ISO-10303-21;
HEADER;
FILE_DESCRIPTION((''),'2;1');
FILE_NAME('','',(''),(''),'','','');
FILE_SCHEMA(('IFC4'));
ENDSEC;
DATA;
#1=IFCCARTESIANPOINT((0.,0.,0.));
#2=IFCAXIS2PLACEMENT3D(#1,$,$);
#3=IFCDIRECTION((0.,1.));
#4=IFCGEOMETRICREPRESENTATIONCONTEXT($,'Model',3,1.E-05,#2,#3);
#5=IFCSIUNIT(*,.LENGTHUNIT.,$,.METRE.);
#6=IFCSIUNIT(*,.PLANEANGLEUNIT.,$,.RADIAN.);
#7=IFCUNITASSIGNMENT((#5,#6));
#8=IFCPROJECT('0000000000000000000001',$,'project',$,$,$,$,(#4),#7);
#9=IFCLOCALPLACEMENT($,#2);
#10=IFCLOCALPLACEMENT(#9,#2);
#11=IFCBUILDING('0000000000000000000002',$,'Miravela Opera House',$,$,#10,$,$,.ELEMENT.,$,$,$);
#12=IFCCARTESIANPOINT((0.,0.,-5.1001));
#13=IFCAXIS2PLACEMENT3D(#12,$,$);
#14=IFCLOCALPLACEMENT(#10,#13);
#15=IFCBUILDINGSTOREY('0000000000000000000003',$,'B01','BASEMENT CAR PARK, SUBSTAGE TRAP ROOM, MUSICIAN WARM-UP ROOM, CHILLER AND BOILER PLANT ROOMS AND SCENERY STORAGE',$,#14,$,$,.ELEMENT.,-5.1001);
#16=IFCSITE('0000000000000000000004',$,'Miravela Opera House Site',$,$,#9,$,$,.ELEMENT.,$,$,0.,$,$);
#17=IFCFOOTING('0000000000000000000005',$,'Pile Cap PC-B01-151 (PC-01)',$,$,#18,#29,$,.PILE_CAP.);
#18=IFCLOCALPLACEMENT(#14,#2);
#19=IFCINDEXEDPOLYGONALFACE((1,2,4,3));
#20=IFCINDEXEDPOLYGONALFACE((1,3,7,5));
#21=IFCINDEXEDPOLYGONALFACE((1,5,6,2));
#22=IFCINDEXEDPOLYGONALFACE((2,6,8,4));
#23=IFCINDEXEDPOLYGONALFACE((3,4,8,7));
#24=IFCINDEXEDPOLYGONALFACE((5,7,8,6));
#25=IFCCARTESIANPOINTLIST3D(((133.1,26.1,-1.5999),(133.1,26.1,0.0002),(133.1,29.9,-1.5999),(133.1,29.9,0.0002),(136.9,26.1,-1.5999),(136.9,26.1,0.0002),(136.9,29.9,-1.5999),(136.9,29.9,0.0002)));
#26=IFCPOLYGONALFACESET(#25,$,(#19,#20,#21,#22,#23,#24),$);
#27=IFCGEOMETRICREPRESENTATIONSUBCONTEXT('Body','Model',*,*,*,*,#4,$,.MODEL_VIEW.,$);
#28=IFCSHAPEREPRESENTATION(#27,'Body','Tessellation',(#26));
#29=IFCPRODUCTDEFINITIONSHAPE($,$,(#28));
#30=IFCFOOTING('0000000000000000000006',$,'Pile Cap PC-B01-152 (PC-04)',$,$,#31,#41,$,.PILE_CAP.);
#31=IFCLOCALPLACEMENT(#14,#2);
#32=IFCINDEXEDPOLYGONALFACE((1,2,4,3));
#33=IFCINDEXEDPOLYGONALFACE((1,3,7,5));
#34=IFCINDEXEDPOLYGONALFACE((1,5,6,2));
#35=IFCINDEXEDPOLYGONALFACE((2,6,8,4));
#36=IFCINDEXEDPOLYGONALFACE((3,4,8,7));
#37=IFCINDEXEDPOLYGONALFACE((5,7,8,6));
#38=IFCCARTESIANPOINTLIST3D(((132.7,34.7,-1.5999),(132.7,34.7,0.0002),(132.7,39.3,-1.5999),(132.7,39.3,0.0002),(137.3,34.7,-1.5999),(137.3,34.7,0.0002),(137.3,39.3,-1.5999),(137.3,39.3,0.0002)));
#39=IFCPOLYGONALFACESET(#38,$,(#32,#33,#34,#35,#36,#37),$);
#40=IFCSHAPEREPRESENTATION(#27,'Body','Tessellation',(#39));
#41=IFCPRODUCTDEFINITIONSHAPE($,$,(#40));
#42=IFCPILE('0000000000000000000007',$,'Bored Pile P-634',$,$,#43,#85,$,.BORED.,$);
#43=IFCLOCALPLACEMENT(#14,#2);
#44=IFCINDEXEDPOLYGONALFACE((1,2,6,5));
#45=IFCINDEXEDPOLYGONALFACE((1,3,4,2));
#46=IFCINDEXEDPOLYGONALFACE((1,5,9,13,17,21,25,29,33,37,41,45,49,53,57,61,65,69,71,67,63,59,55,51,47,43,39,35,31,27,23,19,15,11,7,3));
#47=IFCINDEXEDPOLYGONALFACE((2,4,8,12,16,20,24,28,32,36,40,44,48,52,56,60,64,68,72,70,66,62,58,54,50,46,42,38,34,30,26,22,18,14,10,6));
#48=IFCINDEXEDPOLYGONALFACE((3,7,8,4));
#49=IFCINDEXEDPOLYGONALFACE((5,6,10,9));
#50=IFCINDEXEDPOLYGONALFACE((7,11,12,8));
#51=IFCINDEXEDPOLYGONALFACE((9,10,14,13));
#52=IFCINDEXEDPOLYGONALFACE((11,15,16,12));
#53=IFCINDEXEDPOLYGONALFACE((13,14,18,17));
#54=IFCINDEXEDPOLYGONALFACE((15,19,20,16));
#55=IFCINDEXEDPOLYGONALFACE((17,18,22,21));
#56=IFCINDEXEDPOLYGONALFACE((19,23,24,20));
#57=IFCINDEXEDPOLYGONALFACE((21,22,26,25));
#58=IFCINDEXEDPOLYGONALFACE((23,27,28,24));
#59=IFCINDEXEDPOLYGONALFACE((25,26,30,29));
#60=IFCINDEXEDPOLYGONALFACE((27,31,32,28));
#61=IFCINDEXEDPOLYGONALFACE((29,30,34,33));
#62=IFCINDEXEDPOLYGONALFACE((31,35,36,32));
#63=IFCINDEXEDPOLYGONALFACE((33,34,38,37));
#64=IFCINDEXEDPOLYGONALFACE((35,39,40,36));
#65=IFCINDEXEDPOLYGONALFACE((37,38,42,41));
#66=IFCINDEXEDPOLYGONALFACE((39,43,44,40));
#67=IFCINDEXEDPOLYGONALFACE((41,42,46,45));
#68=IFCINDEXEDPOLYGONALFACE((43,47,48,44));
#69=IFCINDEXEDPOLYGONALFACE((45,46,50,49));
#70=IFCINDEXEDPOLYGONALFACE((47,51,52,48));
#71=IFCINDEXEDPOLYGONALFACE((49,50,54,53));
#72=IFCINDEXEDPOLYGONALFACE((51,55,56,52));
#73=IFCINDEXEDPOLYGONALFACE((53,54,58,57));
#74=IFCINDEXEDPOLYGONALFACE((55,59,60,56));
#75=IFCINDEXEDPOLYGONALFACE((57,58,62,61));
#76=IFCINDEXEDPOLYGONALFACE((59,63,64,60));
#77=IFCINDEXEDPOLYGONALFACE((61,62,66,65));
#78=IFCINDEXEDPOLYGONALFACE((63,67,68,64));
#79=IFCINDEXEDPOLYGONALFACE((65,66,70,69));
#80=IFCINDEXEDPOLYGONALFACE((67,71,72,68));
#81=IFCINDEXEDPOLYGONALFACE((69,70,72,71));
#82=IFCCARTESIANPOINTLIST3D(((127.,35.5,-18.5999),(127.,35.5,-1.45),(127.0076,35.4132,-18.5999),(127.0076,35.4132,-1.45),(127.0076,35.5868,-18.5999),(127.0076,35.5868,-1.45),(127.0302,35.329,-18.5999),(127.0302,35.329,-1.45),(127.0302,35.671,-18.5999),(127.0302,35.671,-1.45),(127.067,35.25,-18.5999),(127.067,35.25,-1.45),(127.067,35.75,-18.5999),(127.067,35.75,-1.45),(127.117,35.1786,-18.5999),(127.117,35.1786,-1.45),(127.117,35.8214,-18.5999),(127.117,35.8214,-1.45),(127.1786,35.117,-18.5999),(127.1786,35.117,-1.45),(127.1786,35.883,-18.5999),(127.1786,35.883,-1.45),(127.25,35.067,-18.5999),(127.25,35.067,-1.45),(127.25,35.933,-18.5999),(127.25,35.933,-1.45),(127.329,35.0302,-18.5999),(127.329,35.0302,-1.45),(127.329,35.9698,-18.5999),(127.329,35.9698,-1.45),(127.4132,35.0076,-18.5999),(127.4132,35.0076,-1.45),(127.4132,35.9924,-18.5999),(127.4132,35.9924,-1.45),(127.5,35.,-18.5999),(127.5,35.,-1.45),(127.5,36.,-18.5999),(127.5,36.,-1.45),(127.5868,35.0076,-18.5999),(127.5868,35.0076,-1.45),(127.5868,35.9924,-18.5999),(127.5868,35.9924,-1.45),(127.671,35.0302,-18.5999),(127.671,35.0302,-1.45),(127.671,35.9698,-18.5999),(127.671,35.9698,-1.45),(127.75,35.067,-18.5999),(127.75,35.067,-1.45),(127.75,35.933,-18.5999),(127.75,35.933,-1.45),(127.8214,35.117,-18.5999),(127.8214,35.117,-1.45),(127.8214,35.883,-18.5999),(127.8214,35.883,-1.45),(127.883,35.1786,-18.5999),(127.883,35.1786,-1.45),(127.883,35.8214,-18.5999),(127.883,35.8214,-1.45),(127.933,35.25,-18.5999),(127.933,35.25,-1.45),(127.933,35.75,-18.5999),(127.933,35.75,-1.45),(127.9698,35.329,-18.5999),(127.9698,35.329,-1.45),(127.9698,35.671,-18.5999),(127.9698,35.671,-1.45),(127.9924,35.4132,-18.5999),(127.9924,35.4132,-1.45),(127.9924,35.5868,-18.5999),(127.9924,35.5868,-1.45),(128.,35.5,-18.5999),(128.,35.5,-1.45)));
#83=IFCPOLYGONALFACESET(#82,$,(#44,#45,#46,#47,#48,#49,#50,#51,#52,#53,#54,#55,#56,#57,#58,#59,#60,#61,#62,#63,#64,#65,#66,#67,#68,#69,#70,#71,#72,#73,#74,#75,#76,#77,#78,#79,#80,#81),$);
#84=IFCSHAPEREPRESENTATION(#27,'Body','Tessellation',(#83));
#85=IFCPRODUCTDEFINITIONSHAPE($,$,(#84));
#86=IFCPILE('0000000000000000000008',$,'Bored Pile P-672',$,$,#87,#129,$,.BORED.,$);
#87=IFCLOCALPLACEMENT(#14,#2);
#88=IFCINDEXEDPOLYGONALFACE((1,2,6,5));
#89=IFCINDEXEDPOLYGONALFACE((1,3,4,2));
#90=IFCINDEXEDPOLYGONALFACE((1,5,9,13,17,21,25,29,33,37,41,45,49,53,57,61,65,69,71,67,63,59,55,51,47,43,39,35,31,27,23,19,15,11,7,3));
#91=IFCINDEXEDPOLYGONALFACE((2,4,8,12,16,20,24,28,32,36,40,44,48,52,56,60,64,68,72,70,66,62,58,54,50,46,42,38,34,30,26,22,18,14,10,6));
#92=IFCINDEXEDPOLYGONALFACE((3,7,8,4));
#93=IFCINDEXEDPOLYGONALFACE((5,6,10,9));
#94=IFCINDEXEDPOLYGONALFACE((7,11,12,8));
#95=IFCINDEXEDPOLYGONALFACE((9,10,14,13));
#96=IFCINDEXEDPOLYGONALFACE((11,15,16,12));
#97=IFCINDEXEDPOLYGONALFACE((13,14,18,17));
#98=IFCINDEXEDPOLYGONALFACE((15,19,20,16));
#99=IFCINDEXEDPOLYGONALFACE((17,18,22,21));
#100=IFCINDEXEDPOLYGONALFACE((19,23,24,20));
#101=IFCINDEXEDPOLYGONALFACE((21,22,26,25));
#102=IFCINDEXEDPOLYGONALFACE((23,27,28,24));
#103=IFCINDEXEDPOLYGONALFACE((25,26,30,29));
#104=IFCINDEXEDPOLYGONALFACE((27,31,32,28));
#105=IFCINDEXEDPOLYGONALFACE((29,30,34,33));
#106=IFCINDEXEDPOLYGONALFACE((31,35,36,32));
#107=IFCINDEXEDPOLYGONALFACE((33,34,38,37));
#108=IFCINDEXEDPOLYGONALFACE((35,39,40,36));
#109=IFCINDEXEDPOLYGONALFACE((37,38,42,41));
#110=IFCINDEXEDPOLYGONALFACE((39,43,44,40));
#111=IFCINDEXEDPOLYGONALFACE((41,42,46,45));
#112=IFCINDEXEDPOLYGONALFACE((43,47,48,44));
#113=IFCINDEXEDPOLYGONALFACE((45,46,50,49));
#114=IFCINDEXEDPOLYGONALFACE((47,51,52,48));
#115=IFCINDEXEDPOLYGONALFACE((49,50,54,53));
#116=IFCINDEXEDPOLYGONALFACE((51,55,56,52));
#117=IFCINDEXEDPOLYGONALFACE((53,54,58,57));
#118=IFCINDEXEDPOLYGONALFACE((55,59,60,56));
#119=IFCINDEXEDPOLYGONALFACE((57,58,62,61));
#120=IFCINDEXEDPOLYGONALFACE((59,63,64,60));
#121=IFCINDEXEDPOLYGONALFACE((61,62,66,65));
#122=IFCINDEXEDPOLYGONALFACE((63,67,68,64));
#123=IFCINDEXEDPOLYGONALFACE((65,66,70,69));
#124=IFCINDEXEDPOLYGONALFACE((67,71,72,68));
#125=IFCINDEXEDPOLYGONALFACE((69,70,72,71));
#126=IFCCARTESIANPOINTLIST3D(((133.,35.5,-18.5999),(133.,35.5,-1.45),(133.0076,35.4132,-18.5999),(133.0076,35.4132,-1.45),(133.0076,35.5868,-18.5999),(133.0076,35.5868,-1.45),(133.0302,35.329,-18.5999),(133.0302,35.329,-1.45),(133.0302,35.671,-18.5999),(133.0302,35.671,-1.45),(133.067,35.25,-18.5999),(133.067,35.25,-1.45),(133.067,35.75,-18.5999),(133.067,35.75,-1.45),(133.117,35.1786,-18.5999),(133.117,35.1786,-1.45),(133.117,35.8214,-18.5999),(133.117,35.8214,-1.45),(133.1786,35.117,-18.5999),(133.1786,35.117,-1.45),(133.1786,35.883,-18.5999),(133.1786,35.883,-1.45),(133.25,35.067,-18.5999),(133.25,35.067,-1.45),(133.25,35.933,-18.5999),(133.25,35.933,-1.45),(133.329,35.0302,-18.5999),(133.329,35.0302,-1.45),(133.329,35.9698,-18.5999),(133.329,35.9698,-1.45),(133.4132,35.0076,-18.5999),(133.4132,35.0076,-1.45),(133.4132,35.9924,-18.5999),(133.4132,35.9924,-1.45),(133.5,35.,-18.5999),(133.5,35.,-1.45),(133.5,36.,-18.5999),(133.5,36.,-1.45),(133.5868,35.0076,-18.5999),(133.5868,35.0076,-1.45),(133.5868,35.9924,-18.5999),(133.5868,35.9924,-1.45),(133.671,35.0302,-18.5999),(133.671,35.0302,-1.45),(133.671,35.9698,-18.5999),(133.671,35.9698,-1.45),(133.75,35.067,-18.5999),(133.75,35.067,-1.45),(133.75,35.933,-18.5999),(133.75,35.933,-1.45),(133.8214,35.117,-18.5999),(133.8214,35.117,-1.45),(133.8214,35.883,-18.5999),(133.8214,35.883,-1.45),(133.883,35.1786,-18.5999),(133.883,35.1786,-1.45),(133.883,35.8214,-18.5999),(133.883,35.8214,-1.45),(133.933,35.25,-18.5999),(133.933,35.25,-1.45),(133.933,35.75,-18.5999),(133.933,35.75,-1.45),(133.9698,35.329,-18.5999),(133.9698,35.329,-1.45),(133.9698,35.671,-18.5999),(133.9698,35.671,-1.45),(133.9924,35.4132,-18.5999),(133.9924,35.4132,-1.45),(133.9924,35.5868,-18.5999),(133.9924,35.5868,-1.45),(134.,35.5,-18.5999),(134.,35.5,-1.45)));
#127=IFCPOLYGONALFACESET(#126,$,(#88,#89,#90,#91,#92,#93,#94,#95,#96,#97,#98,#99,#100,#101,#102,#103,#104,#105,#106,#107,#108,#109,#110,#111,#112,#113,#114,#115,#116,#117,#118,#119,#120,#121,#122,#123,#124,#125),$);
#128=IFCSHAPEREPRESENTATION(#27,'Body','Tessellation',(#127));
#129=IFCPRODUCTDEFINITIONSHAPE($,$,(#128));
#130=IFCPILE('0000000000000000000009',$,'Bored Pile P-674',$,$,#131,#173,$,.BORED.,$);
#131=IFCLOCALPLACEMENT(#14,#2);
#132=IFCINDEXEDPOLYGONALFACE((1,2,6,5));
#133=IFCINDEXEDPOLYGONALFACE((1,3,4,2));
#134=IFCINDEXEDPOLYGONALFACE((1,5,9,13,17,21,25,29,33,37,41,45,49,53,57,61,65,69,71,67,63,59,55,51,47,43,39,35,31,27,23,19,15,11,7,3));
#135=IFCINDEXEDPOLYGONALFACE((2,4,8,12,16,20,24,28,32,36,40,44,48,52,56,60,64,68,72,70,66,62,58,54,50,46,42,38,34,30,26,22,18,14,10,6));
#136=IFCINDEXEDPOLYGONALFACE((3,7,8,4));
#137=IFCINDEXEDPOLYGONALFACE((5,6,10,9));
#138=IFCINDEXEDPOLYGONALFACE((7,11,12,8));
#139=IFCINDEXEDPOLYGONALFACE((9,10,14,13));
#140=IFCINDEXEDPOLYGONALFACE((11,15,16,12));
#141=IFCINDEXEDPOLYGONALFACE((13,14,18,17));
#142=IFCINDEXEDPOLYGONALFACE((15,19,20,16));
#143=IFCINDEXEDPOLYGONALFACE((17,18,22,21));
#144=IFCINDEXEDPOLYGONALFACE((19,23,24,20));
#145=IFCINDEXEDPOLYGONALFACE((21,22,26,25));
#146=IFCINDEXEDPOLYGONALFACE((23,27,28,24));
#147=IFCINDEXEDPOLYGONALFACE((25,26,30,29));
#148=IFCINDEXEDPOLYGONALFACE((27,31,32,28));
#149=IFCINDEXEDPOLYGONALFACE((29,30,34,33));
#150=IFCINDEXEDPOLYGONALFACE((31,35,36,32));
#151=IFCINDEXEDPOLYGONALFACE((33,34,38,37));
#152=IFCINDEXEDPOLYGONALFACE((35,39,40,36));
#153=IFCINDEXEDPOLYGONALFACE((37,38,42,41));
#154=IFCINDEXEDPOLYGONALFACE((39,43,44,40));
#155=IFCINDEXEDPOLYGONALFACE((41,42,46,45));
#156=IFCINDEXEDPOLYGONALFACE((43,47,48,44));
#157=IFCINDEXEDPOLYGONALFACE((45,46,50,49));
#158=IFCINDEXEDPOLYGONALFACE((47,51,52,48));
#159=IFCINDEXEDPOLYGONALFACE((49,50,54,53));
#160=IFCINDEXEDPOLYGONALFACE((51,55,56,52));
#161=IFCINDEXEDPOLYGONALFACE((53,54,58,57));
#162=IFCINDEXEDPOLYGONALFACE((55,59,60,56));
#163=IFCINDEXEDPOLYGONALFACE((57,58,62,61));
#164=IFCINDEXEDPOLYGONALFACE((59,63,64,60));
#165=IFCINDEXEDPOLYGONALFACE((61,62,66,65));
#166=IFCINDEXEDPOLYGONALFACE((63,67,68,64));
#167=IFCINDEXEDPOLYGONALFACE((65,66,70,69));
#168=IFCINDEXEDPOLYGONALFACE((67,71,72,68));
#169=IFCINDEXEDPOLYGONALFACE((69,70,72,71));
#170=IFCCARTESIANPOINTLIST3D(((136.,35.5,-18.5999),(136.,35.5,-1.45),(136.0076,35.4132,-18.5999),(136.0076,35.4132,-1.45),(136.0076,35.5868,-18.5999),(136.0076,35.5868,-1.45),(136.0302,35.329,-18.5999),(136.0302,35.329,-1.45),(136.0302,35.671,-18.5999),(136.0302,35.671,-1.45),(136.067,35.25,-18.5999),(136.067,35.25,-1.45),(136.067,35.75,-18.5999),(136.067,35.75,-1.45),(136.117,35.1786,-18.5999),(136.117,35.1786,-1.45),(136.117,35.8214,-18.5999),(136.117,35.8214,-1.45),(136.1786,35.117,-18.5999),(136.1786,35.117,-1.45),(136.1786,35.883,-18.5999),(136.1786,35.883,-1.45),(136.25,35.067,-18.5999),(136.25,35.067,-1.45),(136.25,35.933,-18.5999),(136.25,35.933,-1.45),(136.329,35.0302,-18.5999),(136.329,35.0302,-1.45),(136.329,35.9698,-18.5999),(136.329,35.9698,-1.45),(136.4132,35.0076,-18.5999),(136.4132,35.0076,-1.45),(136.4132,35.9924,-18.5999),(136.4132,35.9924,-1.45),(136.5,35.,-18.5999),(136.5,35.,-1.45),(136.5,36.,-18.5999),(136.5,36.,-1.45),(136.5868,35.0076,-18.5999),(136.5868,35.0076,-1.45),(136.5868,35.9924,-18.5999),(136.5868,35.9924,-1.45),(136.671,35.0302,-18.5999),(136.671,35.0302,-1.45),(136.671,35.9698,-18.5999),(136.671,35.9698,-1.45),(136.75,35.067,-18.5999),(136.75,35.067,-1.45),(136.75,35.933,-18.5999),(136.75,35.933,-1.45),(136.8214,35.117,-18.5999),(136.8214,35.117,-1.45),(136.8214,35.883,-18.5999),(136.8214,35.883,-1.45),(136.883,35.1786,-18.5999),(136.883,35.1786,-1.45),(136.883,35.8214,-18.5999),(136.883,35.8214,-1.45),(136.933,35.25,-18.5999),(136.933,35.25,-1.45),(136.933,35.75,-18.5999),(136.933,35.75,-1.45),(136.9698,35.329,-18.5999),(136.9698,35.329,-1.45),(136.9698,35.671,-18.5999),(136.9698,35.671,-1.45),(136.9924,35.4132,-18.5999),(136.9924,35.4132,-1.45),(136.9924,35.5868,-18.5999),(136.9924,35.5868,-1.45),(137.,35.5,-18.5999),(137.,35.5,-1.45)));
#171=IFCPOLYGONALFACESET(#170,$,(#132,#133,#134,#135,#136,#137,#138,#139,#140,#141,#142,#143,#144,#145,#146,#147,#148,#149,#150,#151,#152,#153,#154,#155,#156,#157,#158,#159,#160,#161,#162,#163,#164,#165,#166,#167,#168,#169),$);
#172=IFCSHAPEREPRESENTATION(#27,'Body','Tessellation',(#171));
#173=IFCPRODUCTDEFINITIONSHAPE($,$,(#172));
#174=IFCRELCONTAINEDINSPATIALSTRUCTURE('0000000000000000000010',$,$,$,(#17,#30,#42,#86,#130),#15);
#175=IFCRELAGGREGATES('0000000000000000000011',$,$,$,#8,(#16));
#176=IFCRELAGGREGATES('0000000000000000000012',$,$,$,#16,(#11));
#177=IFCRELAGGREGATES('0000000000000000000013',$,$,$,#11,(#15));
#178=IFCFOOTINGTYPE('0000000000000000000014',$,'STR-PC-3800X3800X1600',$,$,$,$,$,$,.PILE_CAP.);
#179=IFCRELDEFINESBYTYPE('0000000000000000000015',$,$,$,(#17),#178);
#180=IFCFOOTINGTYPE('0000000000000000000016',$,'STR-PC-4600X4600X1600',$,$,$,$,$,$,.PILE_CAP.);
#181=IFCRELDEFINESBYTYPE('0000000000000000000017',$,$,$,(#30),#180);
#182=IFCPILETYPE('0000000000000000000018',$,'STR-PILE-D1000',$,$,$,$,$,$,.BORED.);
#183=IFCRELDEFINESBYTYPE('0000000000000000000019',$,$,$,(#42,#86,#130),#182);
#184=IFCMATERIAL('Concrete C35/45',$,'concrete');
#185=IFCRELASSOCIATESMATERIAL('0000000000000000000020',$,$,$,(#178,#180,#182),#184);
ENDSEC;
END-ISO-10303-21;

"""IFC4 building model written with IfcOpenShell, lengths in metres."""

from ifc_helpers import new_model, si_unit, direction, frame, origin, origin_2d, place, context, subcontext, project, spatial, rectangle, circle, extrude, material, material_profile, profile_set, type_object, element, save


model = new_model("IFC4")

# Units and contexts
model_context = context("Model", 3, precision=1e-05, world=origin(), true_north=direction((0.0, 1.0)))
body_context = subcontext(model_context, "Body", "Model", "MODEL_VIEW")
ifc_project = project(units=[si_unit("LENGTHUNIT", "METRE"), si_unit("PLANEANGLEUNIT", "RADIAN")], contexts=[model_context])

# Site, building, storey
site_placement = place(None, origin())
site = spatial("IfcSite", under=ifc_project, at=site_placement, Name="Miravela Opera House Site", CompositionType="ELEMENT", RefElevation=0.0)
building_placement = place(site_placement, origin())
building = spatial("IfcBuilding", under=site, at=building_placement, Name="Miravela Opera House", CompositionType="ELEMENT")
storey_placement = place(building_placement, frame((0.0, 0.0, -5.1001)))
storey = spatial("IfcBuildingStorey", under=building, at=storey_placement, Name="B01", Description="BASEMENT CAR PARK, SUBSTAGE TRAP ROOM, MUSICIAN WARM-UP ROOM, CHILLER AND BOILER PLANT ROOMS AND SCENERY STORAGE", CompositionType="ELEMENT", Elevation=-5.1001)

# Footings
ifc_material_1 = material(Name="Concrete C35/45", Category="concrete")
footing_type_1 = type_object("IfcFootingType", Name="STR-PC-3800X3800X1600", PredefinedType="PILE_CAP", material=ifc_material_1)
footing_1_placement = place(storey_placement, frame((135.0, 28.0, -1.5999), z_axis=(0.0, 0.0, 1.0), x_axis=(1.0, 0.0, 0.0)))
element("IfcFooting", 1, at=footing_1_placement, inside=storey, type_object=footing_type_1, Name="Pile Cap PC-B01-151 (PC-01)", PredefinedType="PILE_CAP", context=body_context, shape_type="SweptSolid", body=[
    extrude(rectangle(XDim=3.8, YDim=3.8, at=origin_2d()), origin(), (0.0, 0.0, 1.0), 1.6001),
])
footing_type_2 = type_object("IfcFootingType", Name="STR-PC-4600X4600X1600", PredefinedType="PILE_CAP", material=ifc_material_1)
footing_2_placement = place(storey_placement, frame((135.0, 37.0, -1.5999), z_axis=(0.0, 0.0, 1.0), x_axis=(1.0, 0.0, 0.0)))
element("IfcFooting", 2, at=footing_2_placement, inside=storey, type_object=footing_type_2, Name="Pile Cap PC-B01-152 (PC-04)", PredefinedType="PILE_CAP", context=body_context, shape_type="SweptSolid", body=[
    extrude(rectangle(XDim=4.6001, YDim=4.6001, at=origin_2d()), origin(), (0.0, 0.0, 1.0), 1.6001),
])

# Piles
ifc_material_profile_1 = material_profile(ifc_material_1, circle(Radius=0.5, at=origin_2d()), Name="PILE-D1000")
ifc_profile_set_1 = profile_set([ifc_material_profile_1])
pile_type_1 = type_object("IfcPileType", Name="STR-PILE-D1000", PredefinedType="BORED", material=ifc_profile_set_1)
for number, where, z_axis, x_axis, name in (
    (3, (127.5, 35.5, -1.45), (0.0, 0.0, -1.0), (1.0, 0.0, 0.0), "Bored Pile P-634"),
    (4, (133.5, 35.5, -1.45), (0.0, 0.0, -1.0), (1.0, 0.0, 0.0), "Bored Pile P-672"),
    (5, (136.5, 35.5, -1.45), (0.0, 0.0, -1.0), (1.0, 0.0, 0.0), "Bored Pile P-674"),
):
    element("IfcPile", number, at=place(storey_placement, frame(where, z_axis=z_axis, x_axis=x_axis)), inside=storey, type_object=pile_type_1, Name=name, PredefinedType="BORED", context=body_context, shape_type="SweptSolid", body=[
        extrude(circle(Radius=0.5, at=origin_2d()), origin(), (0.0, 0.0, 1.0), 17.1499),
    ])

save(model, "model.ifc")
